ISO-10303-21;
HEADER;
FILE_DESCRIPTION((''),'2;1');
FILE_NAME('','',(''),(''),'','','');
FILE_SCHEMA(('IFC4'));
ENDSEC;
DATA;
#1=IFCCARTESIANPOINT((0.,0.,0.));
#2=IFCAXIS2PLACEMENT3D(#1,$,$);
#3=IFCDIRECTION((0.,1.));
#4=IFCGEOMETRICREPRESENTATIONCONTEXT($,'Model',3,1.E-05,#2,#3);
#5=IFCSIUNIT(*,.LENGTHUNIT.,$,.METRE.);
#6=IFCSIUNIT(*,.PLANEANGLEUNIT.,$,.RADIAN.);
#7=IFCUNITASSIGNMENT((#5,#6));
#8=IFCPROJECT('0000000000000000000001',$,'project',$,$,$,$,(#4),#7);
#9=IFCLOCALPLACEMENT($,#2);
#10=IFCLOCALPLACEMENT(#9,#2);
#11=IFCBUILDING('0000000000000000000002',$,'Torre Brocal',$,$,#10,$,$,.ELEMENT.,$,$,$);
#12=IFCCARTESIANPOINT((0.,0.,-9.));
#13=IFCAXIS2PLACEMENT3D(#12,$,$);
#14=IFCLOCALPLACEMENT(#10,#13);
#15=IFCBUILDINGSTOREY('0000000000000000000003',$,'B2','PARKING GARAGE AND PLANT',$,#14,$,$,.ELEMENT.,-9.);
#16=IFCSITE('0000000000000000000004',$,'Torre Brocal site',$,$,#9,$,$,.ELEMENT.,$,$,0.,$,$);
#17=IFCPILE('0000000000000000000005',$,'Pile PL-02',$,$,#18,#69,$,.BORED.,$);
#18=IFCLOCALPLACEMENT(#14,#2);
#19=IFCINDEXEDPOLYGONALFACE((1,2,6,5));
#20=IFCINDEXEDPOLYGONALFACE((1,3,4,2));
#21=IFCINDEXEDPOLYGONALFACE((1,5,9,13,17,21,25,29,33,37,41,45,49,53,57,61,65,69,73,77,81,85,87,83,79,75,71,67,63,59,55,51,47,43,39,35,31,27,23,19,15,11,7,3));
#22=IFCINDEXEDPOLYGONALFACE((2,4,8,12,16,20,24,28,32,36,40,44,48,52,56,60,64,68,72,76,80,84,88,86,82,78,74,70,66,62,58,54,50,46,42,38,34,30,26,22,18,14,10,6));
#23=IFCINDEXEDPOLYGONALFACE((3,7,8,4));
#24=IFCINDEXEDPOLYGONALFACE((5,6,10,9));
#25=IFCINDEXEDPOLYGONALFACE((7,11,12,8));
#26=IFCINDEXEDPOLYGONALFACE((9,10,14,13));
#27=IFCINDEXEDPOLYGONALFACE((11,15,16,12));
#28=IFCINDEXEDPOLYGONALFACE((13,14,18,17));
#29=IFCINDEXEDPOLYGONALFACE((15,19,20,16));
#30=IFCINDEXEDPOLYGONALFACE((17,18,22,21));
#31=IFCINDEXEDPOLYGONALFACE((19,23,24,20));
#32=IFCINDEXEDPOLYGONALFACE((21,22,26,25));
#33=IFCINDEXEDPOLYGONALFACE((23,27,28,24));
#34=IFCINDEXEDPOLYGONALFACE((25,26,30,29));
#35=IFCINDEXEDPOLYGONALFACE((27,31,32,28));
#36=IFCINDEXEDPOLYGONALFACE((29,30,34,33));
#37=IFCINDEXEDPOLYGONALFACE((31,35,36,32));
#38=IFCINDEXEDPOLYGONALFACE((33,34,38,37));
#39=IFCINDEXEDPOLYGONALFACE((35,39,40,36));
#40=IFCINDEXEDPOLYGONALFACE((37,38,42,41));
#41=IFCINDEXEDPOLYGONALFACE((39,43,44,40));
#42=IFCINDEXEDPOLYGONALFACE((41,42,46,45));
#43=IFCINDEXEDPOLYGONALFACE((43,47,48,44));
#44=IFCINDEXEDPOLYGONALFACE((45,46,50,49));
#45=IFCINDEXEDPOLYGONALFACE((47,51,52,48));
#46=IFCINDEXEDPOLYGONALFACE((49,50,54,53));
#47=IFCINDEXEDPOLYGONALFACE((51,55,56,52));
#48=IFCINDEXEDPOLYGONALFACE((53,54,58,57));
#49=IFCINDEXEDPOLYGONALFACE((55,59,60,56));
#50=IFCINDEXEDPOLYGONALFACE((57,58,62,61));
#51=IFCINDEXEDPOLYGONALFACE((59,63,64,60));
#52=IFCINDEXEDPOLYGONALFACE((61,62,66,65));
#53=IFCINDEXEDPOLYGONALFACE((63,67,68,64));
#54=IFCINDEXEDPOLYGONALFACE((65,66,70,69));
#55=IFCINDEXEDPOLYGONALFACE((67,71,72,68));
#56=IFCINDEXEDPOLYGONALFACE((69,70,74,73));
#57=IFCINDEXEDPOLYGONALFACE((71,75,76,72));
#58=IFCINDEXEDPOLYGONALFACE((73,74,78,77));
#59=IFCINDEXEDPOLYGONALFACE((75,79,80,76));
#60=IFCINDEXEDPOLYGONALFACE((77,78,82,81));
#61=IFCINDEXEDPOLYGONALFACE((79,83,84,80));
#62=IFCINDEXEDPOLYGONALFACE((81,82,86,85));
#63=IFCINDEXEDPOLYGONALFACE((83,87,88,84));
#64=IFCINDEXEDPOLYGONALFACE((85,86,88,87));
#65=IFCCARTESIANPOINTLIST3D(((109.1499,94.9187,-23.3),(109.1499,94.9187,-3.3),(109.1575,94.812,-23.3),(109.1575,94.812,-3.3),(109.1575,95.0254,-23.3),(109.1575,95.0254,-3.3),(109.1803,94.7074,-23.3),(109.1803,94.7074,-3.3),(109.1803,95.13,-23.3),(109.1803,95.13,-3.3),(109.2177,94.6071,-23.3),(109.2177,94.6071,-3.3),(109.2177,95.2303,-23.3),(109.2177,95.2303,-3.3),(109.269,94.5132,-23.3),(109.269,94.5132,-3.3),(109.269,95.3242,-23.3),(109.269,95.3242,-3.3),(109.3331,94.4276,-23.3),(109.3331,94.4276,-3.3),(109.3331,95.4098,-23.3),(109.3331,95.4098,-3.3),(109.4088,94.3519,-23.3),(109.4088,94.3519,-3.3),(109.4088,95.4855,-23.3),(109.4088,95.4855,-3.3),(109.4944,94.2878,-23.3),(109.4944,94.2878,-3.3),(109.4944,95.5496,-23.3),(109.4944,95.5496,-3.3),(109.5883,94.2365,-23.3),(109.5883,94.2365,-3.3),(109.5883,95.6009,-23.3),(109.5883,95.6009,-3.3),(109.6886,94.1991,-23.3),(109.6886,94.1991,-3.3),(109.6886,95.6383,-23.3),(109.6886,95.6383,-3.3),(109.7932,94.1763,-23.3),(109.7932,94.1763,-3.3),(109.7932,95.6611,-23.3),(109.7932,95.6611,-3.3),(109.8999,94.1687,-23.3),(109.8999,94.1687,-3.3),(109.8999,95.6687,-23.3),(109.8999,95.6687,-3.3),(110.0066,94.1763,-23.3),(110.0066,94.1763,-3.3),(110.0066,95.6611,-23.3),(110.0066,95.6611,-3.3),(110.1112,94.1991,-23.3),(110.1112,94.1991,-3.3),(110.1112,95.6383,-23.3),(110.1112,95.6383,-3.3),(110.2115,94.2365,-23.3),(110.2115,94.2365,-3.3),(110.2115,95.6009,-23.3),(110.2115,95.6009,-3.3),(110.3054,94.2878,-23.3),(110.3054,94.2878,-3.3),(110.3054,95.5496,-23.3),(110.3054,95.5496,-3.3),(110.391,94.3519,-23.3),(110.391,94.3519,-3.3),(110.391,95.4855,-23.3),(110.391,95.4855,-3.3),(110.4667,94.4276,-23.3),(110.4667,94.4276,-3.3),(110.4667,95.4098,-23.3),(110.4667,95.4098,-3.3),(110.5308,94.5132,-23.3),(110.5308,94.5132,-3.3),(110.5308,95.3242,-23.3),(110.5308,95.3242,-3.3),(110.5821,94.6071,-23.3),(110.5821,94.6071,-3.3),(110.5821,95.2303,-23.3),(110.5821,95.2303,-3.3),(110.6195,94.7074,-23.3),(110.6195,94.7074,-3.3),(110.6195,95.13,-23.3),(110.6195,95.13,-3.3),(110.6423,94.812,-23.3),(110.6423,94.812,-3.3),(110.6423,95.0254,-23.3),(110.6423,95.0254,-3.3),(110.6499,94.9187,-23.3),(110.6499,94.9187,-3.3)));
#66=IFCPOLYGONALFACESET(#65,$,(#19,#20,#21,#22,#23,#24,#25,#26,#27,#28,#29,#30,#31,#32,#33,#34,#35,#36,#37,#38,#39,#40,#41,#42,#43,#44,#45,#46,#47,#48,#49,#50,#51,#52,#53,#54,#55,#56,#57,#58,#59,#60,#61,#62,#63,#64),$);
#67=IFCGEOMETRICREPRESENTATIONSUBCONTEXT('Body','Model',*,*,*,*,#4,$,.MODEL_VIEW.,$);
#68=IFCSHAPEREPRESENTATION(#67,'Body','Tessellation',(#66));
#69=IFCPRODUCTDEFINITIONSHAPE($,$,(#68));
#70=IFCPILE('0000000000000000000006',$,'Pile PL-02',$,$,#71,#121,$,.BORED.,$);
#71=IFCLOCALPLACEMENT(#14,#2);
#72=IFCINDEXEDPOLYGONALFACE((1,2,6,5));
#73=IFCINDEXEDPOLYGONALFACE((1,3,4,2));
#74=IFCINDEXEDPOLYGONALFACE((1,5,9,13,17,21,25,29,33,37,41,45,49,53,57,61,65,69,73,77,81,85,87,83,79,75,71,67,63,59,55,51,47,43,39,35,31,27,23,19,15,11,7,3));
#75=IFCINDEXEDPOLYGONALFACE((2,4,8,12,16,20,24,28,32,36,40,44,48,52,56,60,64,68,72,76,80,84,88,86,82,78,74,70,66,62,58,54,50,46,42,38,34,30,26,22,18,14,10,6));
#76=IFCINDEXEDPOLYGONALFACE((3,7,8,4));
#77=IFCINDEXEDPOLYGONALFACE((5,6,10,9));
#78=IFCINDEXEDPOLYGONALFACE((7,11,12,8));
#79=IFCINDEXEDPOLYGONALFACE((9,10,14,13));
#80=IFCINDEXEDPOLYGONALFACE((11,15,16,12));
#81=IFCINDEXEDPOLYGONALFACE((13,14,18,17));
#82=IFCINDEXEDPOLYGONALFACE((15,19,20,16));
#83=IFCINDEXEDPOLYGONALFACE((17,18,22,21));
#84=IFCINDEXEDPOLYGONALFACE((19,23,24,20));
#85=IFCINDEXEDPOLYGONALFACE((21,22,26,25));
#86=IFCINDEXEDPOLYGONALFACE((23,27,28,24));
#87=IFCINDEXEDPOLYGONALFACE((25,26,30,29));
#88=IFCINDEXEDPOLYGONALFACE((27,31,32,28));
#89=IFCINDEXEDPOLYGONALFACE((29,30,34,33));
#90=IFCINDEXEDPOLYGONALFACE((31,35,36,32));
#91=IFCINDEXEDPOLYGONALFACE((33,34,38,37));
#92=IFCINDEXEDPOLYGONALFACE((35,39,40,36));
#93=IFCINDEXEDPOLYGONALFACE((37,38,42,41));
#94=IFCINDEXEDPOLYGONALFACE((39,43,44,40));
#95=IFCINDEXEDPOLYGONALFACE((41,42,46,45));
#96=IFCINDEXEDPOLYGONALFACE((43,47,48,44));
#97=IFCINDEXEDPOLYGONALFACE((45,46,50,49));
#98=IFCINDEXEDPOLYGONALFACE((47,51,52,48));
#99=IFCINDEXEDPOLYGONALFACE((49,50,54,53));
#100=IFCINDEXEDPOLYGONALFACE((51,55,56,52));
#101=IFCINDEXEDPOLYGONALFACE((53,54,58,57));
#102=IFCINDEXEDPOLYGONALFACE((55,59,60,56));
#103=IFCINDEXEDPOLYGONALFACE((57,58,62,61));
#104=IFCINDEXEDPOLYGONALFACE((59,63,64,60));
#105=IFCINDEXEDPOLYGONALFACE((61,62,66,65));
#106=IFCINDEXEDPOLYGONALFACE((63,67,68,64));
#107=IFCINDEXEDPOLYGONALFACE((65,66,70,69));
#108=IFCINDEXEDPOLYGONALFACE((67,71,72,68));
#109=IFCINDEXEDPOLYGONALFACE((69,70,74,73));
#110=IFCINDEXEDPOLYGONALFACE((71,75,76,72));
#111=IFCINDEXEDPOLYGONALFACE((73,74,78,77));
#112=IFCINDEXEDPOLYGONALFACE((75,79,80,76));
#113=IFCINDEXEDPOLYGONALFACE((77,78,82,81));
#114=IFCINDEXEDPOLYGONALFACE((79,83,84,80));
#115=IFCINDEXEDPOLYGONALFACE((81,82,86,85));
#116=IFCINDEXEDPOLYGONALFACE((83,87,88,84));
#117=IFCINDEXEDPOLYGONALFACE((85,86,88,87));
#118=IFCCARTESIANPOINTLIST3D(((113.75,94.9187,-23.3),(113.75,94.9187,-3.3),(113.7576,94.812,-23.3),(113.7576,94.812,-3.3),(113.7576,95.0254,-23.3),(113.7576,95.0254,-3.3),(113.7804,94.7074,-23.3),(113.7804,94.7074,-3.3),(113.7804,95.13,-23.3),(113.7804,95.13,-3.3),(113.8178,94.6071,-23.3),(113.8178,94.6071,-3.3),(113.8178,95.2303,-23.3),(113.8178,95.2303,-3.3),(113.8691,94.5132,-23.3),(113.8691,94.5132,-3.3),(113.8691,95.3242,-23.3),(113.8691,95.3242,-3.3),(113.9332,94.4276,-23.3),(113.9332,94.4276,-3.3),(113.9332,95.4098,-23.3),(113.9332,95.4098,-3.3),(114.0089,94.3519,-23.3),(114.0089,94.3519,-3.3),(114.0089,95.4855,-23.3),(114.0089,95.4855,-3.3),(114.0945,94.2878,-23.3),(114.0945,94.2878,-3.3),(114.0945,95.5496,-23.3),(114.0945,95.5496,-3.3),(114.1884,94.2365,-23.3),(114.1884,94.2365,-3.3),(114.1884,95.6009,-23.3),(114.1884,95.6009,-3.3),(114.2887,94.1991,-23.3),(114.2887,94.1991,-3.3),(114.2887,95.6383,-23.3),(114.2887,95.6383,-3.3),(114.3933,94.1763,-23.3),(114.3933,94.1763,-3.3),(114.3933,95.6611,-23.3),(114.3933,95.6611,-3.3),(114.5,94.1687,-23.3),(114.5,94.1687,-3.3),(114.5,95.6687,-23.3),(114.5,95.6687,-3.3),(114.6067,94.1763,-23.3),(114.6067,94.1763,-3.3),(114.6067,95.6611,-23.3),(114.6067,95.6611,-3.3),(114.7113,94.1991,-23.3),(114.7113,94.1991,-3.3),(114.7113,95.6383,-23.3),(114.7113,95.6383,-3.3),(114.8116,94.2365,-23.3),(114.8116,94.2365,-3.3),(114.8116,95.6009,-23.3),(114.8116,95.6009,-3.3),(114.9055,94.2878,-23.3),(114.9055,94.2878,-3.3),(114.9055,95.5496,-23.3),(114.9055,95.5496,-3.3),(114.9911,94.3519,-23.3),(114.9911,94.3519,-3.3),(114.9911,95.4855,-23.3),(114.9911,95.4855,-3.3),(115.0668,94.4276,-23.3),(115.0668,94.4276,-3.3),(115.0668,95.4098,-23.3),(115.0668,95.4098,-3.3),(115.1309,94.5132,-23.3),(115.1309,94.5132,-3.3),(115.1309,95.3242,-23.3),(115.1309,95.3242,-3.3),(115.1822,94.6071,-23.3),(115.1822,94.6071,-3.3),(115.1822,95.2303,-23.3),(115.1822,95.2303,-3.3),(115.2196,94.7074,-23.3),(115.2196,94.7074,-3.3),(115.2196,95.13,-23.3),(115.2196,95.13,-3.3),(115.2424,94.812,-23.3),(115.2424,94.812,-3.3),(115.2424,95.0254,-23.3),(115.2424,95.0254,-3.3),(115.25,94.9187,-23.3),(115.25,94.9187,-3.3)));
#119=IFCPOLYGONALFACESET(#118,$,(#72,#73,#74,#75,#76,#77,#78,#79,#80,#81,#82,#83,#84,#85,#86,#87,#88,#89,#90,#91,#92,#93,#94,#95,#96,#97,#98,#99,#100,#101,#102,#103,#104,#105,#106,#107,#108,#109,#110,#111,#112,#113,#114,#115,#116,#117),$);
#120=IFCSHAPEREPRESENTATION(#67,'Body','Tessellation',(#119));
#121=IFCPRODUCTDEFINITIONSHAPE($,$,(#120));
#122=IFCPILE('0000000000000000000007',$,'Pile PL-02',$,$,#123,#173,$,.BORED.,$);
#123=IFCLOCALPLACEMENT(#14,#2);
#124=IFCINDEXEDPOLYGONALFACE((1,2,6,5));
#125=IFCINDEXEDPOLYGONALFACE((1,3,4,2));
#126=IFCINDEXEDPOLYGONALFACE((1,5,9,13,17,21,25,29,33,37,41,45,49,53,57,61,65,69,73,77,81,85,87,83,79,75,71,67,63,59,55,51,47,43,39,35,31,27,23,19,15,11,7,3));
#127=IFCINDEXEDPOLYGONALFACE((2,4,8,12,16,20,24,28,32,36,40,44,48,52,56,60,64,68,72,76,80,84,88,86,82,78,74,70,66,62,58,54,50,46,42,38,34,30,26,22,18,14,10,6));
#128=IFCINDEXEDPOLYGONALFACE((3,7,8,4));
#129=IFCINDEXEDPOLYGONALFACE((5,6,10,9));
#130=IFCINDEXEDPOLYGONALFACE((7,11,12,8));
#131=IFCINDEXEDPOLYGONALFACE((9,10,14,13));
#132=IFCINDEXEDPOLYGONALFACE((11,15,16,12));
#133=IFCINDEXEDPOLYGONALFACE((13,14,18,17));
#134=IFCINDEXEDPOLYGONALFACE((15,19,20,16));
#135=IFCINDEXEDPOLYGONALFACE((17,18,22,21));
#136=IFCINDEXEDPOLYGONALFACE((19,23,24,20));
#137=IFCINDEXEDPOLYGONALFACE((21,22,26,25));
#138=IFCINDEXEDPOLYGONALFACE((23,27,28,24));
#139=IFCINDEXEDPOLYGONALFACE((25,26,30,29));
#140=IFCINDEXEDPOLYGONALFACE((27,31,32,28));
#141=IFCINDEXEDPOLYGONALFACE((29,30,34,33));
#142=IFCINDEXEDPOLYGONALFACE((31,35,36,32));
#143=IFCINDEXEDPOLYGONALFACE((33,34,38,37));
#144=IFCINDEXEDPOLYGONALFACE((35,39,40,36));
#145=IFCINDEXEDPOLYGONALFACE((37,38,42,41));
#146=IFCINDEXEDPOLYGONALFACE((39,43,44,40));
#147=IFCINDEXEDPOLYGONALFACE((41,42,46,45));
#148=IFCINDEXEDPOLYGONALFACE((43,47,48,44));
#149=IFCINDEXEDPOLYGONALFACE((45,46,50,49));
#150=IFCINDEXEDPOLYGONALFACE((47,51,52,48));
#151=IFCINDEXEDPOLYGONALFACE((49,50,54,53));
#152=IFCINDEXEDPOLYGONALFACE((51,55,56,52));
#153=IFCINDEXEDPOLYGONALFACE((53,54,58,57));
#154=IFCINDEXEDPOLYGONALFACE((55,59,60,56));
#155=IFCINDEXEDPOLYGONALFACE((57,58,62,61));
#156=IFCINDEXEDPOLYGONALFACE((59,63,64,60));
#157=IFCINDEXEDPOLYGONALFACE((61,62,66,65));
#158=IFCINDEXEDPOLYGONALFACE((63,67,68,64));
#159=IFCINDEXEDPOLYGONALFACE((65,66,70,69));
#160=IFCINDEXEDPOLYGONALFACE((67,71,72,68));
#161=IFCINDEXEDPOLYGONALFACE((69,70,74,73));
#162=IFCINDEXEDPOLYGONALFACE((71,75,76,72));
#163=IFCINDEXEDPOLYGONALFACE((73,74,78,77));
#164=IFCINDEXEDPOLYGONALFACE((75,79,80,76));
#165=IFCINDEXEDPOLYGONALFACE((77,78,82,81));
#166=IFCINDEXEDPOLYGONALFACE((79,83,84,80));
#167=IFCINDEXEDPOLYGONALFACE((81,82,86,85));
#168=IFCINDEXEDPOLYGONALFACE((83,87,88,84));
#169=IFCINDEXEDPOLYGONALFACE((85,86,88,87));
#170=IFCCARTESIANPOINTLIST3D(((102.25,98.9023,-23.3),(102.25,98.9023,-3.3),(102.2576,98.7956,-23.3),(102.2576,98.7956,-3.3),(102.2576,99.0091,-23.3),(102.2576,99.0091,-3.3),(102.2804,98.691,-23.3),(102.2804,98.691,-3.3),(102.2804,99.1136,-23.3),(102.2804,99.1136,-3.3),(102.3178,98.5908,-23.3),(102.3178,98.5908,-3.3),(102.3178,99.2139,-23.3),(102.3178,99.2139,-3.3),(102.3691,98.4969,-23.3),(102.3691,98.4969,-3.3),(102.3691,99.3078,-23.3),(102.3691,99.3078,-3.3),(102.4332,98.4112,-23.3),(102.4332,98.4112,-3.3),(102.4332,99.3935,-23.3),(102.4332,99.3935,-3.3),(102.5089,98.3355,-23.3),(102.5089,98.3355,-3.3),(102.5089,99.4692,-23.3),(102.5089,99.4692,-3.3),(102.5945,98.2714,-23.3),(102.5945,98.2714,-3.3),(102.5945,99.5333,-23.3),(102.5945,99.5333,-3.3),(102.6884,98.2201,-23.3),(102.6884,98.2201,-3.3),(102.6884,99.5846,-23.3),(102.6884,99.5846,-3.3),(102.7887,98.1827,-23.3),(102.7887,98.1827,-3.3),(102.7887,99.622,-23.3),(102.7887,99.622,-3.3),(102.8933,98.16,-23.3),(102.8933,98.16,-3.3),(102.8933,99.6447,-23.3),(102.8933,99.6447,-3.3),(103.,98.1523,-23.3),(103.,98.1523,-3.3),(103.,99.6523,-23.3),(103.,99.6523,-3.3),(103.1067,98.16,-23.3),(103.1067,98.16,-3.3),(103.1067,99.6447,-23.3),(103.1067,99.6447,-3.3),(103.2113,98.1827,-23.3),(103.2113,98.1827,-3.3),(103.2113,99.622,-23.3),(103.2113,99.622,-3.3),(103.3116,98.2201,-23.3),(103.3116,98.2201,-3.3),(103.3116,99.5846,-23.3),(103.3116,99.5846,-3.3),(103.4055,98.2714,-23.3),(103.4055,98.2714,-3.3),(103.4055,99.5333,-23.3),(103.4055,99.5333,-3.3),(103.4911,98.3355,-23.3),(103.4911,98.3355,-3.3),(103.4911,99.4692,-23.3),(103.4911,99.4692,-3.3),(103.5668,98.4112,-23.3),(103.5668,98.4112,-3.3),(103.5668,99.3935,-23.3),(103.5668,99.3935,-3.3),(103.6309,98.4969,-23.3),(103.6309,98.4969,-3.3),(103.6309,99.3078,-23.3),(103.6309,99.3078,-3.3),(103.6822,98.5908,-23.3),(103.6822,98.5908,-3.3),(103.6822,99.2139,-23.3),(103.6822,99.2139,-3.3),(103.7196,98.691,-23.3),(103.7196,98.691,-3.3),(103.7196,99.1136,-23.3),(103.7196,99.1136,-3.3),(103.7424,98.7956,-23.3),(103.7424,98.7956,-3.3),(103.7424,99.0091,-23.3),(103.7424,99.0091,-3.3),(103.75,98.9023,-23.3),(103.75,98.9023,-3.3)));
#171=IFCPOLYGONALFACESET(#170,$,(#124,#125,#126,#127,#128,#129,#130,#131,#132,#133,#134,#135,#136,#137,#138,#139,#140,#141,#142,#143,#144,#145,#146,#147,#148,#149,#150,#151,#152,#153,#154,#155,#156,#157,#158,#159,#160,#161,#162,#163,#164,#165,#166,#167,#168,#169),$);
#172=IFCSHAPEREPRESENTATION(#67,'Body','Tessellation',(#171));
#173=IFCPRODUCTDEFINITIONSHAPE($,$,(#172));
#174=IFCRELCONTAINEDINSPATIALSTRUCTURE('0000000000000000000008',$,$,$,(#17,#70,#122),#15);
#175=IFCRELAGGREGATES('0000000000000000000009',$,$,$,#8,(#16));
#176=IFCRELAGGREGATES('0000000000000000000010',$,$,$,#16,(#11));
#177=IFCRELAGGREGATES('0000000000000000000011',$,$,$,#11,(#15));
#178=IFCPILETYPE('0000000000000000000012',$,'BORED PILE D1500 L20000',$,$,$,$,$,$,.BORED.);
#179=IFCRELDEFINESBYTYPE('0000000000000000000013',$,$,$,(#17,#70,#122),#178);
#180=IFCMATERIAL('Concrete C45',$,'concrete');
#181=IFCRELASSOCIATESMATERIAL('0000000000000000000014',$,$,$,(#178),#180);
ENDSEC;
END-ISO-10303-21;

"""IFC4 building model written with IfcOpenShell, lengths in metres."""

from ifc_helpers import new_model, si_unit, direction, frame, origin, origin_2d, place, context, subcontext, project, spatial, circle, extrude, material, material_profile, profile_set, type_object, element, save


model = new_model("IFC4")

# Units and contexts
model_context = context("Model", 3, precision=1e-05, world=origin(), true_north=direction((0.0, 1.0)))
body_context = subcontext(model_context, "Body", "Model", "MODEL_VIEW")
ifc_project = project(units=[si_unit("LENGTHUNIT", "METRE"), si_unit("PLANEANGLEUNIT", "RADIAN")], contexts=[model_context])

# Site, building, storey
site_placement = place(None, origin())
site = spatial("IfcSite", under=ifc_project, at=site_placement, Name="Torre Brocal site", CompositionType="ELEMENT", RefElevation=0.0)
building_placement = place(site_placement, origin())
building = spatial("IfcBuilding", under=site, at=building_placement, Name="Torre Brocal", CompositionType="ELEMENT")
storey_placement = place(building_placement, frame((0.0, 0.0, -9.0)))
storey = spatial("IfcBuildingStorey", under=building, at=storey_placement, Name="B2", Description="PARKING GARAGE AND PLANT", CompositionType="ELEMENT", Elevation=-9.0)

# Piles
ifc_material_1 = material(Name="Concrete C45", Category="concrete")
ifc_material_profile_1 = material_profile(ifc_material_1, circle(Radius=0.75, at=origin_2d()), Name="BORED PILE D1500")
ifc_profile_set_1 = profile_set([ifc_material_profile_1], Name="Concrete C45")
pile_type_1 = type_object("IfcPileType", Name="BORED PILE D1500 L20000", PredefinedType="BORED", material=ifc_profile_set_1)
for number, where, z_axis, x_axis, name in (
    (1, (109.8999, 94.9187, -3.3), (0.0, 0.0, -1.0), (1.0, 0.0, 0.0), "Pile PL-02"),
    (2, (114.5, 94.9187, -3.3), (0.0, 0.0, -1.0), (1.0, 0.0, 0.0), "Pile PL-02"),
    (3, (103.0, 98.9023, -3.3), (0.0, 0.0, -1.0), (1.0, 0.0, 0.0), "Pile PL-02"),
):
    element("IfcPile", number, at=place(storey_placement, frame(where, z_axis=z_axis, x_axis=x_axis)), inside=storey, type_object=pile_type_1, Name=name, PredefinedType="BORED", context=body_context, shape_type="SweptSolid", body=[
        extrude(circle(Radius=0.75, at=origin_2d()), origin(), (0.0, 0.0, 1.0), 20.0),
    ])

save(model, "model.ifc")
